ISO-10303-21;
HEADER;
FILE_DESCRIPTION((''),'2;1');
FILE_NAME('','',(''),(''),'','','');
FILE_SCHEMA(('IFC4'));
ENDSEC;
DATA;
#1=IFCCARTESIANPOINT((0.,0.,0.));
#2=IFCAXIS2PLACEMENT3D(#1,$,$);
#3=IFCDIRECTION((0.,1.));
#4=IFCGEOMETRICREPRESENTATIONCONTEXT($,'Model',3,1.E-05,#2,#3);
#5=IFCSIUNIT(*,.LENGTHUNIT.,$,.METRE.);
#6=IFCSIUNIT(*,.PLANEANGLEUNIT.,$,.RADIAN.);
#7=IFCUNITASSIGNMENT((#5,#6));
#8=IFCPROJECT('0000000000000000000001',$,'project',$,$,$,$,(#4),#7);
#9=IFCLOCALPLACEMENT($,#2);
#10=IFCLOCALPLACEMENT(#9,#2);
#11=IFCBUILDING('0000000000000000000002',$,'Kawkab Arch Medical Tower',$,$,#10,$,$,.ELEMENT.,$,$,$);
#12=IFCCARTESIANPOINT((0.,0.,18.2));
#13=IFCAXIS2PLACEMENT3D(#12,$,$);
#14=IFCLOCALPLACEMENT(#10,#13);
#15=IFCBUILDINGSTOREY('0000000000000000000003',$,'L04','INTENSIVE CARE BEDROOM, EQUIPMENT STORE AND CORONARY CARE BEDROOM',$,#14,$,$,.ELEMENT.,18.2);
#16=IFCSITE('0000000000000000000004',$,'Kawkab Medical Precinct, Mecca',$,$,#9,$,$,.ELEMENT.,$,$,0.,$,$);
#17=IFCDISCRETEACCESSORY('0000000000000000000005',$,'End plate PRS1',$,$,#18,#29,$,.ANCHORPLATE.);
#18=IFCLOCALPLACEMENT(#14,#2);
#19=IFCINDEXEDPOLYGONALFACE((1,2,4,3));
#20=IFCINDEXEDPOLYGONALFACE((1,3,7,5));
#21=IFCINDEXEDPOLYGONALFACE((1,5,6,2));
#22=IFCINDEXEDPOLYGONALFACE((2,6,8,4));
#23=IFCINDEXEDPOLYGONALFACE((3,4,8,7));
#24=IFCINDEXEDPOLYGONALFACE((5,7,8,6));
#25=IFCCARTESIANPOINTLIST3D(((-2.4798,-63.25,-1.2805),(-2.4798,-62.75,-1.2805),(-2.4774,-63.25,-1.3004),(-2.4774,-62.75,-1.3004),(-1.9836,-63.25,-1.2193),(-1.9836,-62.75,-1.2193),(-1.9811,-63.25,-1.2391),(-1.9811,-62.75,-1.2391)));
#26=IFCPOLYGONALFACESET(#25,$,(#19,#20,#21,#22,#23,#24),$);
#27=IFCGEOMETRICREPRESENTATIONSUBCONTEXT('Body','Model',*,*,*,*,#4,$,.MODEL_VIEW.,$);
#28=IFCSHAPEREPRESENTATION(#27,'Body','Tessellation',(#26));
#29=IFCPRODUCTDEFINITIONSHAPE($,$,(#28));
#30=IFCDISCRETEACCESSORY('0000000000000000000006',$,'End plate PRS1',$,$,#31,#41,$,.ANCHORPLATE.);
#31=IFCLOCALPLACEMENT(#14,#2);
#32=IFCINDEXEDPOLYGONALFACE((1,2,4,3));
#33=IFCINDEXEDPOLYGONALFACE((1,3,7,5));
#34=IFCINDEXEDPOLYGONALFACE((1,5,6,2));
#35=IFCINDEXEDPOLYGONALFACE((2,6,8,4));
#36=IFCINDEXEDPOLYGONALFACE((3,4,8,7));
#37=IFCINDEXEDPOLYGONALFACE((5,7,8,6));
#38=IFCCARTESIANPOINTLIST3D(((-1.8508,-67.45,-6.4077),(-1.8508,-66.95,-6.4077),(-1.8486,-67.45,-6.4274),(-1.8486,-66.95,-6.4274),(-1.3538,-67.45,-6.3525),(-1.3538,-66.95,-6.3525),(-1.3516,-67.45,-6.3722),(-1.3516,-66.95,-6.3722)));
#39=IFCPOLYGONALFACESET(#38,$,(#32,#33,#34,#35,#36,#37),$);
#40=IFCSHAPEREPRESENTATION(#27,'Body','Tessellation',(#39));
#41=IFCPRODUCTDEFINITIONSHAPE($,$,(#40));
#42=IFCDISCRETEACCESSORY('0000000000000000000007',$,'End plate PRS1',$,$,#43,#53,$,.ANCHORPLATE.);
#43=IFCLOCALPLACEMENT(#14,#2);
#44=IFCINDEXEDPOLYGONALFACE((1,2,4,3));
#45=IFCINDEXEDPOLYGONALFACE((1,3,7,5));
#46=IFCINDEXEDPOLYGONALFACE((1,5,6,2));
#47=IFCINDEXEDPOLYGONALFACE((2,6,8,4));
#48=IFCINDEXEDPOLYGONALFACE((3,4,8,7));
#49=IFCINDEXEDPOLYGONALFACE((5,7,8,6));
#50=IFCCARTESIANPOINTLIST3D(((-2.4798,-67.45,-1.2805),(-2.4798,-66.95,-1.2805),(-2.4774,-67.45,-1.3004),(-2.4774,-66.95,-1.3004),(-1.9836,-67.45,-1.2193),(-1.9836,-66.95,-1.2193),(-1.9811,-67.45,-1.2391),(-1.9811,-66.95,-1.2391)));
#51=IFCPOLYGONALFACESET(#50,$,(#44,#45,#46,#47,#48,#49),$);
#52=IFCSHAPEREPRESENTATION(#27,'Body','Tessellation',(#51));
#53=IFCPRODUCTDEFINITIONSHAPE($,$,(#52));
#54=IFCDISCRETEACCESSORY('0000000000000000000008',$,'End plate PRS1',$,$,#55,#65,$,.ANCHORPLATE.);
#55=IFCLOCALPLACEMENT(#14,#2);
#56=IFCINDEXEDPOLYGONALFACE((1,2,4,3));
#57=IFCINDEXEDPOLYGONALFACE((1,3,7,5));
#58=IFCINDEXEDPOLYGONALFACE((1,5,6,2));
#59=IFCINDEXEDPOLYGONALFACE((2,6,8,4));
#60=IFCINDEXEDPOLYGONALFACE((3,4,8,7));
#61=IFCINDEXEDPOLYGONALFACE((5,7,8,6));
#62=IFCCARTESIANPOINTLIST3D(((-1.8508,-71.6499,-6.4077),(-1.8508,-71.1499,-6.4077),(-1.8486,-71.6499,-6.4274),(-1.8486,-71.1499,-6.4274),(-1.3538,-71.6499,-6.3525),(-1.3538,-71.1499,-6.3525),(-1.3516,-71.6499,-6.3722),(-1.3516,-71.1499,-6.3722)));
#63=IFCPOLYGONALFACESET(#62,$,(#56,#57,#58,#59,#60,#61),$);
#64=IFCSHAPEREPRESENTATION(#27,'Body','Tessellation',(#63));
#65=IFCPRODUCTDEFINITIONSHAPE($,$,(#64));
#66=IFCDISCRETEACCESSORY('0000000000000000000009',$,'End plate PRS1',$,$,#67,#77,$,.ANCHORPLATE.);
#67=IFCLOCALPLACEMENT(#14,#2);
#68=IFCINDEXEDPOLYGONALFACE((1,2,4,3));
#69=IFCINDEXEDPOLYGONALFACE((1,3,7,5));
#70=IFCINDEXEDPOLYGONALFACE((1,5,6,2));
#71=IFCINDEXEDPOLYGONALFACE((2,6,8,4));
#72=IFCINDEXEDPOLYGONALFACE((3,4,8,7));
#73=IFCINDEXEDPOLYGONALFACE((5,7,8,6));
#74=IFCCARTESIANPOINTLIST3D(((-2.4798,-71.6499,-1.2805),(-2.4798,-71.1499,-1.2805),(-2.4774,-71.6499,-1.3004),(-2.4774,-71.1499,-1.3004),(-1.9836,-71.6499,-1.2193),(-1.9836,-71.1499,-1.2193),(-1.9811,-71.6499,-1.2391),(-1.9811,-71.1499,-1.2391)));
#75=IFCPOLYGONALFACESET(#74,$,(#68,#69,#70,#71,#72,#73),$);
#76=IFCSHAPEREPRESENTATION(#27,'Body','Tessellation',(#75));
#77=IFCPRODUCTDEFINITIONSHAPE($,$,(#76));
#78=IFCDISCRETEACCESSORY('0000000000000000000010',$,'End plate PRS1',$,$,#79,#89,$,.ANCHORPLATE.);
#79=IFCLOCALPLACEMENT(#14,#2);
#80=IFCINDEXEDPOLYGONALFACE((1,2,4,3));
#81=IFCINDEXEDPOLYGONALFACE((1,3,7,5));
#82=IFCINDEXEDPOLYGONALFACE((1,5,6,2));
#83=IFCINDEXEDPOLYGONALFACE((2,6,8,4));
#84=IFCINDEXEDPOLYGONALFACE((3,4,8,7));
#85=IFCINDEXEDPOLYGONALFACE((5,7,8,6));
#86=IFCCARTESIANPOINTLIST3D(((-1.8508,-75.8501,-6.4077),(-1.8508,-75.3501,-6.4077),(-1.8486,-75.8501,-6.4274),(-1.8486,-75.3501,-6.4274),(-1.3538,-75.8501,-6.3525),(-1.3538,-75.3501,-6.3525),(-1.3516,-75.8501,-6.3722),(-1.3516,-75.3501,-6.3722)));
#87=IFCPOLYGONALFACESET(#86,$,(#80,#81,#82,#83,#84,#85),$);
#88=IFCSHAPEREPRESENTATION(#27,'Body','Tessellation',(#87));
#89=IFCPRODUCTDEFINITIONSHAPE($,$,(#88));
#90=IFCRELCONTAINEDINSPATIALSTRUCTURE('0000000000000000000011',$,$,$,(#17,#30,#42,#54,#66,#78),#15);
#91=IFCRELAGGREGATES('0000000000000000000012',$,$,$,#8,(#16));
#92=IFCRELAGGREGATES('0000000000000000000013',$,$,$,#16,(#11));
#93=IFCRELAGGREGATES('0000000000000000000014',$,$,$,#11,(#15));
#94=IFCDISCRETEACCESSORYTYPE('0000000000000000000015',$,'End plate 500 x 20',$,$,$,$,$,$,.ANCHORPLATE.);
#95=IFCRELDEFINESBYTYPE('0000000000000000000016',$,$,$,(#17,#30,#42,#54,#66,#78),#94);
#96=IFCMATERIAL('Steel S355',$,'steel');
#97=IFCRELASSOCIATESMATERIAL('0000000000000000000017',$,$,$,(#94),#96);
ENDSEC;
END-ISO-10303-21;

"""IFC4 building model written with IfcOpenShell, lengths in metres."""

from ifc_helpers import new_model, si_unit, direction, frame, origin, origin_2d, place, context, subcontext, project, spatial, rectangle, extrude, material, material_profile, profile_set, type_object, element, save


model = new_model("IFC4")

# Units and contexts
model_context = context("Model", 3, precision=1e-05, world=origin(), true_north=direction((0.0, 1.0)))
body_context = subcontext(model_context, "Body", "Model", "MODEL_VIEW")
ifc_project = project(units=[si_unit("LENGTHUNIT", "METRE"), si_unit("PLANEANGLEUNIT", "RADIAN")], contexts=[model_context])

# Site, building, storey
site_placement = place(None, origin())
site = spatial("IfcSite", under=ifc_project, at=site_placement, Name="Kawkab Medical Precinct, Mecca", CompositionType="ELEMENT", RefElevation=0.0)
building_placement = place(site_placement, origin())
building = spatial("IfcBuilding", under=site, at=building_placement, Name="Kawkab Arch Medical Tower", CompositionType="ELEMENT")
storey_placement = place(building_placement, frame((0.0, 0.0, 18.2)))
storey = spatial("IfcBuildingStorey", under=building, at=storey_placement, Name="L04", Description="INTENSIVE CARE BEDROOM, EQUIPMENT STORE AND CORONARY CARE BEDROOM", CompositionType="ELEMENT", Elevation=18.2)

# Discrete accessories
ifc_material_1 = material(Name="Steel S355", Category="steel")
ifc_material_profile_1 = material_profile(ifc_material_1, rectangle(XDim=0.5, YDim=0.5, at=origin_2d()), Name="End plate 500 x 20")
ifc_profile_set_1 = profile_set([ifc_material_profile_1], Name="Steel S355")
discrete_accessory_type = type_object("IfcDiscreteAccessoryType", Name="End plate 500 x 20", PredefinedType="ANCHORPLATE", material=ifc_profile_set_1)
discrete_accessory_1_placement = place(storey_placement, frame((-2.2292, -63.0, -1.2698), z_axis=(-0.122527, 0.0, 0.992465), x_axis=(0.0, -1.0, 0.0)))
element("IfcDiscreteAccessory", 1, at=discrete_accessory_1_placement, inside=storey, type_object=discrete_accessory_type, Name="End plate PRS1", PredefinedType="ANCHORPLATE", context=body_context, shape_type="SweptSolid", body=[
    extrude(rectangle(XDim=0.5, YDim=0.5, at=origin_2d()), origin(), (0.0, 0.0, 1.0), 0.02),
])
discrete_accessory_2_placement = place(storey_placement, frame((-1.6023, -67.2, -6.3801), z_axis=(0.110432, 0.0, -0.993884), x_axis=(0.0, 1.0, 0.0)))
element("IfcDiscreteAccessory", 2, at=discrete_accessory_2_placement, inside=storey, type_object=discrete_accessory_type, Name="End plate PRS1", PredefinedType="ANCHORPLATE", context=body_context, shape_type="SweptSolid", body=[
    extrude(rectangle(XDim=0.5, YDim=0.5, at=origin_2d()), origin(), (0.0, 0.0, 1.0), 0.0198),
])
discrete_accessory_3_placement = place(storey_placement, frame((-2.2292, -67.2, -1.2698), z_axis=(-0.122527, 0.0, 0.992465), x_axis=(0.0, -1.0, 0.0)))
element("IfcDiscreteAccessory", 3, at=discrete_accessory_3_placement, inside=storey, type_object=discrete_accessory_type, Name="End plate PRS1", PredefinedType="ANCHORPLATE", context=body_context, shape_type="SweptSolid", body=[
    extrude(rectangle(XDim=0.5, YDim=0.5, at=origin_2d()), origin(), (0.0, 0.0, 1.0), 0.02),
])
discrete_accessory_4_placement = place(storey_placement, frame((-1.6023, -71.3999, -6.3801), z_axis=(0.110432, 0.0, -0.993884), x_axis=(0.0, 1.0, 0.0)))
element("IfcDiscreteAccessory", 4, at=discrete_accessory_4_placement, inside=storey, type_object=discrete_accessory_type, Name="End plate PRS1", PredefinedType="ANCHORPLATE", context=body_context, shape_type="SweptSolid", body=[
    extrude(rectangle(XDim=0.5, YDim=0.5, at=origin_2d()), origin(), (0.0, 0.0, 1.0), 0.0198),
])
discrete_accessory_5_placement = place(storey_placement, frame((-2.2292, -71.3999, -1.2698), z_axis=(-0.122527, 0.0, 0.992465), x_axis=(0.0, -1.0, 0.0)))
element("IfcDiscreteAccessory", 5, at=discrete_accessory_5_placement, inside=storey, type_object=discrete_accessory_type, Name="End plate PRS1", PredefinedType="ANCHORPLATE", context=body_context, shape_type="SweptSolid", body=[
    extrude(rectangle(XDim=0.5, YDim=0.5, at=origin_2d()), origin(), (0.0, 0.0, 1.0), 0.02),
])
discrete_accessory_6_placement = place(storey_placement, frame((-1.6023, -75.6001, -6.3801), z_axis=(0.110432, 0.0, -0.993884), x_axis=(0.0, 1.0, 0.0)))
element("IfcDiscreteAccessory", 6, at=discrete_accessory_6_placement, inside=storey, type_object=discrete_accessory_type, Name="End plate PRS1", PredefinedType="ANCHORPLATE", context=body_context, shape_type="SweptSolid", body=[
    extrude(rectangle(XDim=0.5, YDim=0.5, at=origin_2d()), origin(), (0.0, 0.0, 1.0), 0.0198),
])

save(model, "model.ifc")
